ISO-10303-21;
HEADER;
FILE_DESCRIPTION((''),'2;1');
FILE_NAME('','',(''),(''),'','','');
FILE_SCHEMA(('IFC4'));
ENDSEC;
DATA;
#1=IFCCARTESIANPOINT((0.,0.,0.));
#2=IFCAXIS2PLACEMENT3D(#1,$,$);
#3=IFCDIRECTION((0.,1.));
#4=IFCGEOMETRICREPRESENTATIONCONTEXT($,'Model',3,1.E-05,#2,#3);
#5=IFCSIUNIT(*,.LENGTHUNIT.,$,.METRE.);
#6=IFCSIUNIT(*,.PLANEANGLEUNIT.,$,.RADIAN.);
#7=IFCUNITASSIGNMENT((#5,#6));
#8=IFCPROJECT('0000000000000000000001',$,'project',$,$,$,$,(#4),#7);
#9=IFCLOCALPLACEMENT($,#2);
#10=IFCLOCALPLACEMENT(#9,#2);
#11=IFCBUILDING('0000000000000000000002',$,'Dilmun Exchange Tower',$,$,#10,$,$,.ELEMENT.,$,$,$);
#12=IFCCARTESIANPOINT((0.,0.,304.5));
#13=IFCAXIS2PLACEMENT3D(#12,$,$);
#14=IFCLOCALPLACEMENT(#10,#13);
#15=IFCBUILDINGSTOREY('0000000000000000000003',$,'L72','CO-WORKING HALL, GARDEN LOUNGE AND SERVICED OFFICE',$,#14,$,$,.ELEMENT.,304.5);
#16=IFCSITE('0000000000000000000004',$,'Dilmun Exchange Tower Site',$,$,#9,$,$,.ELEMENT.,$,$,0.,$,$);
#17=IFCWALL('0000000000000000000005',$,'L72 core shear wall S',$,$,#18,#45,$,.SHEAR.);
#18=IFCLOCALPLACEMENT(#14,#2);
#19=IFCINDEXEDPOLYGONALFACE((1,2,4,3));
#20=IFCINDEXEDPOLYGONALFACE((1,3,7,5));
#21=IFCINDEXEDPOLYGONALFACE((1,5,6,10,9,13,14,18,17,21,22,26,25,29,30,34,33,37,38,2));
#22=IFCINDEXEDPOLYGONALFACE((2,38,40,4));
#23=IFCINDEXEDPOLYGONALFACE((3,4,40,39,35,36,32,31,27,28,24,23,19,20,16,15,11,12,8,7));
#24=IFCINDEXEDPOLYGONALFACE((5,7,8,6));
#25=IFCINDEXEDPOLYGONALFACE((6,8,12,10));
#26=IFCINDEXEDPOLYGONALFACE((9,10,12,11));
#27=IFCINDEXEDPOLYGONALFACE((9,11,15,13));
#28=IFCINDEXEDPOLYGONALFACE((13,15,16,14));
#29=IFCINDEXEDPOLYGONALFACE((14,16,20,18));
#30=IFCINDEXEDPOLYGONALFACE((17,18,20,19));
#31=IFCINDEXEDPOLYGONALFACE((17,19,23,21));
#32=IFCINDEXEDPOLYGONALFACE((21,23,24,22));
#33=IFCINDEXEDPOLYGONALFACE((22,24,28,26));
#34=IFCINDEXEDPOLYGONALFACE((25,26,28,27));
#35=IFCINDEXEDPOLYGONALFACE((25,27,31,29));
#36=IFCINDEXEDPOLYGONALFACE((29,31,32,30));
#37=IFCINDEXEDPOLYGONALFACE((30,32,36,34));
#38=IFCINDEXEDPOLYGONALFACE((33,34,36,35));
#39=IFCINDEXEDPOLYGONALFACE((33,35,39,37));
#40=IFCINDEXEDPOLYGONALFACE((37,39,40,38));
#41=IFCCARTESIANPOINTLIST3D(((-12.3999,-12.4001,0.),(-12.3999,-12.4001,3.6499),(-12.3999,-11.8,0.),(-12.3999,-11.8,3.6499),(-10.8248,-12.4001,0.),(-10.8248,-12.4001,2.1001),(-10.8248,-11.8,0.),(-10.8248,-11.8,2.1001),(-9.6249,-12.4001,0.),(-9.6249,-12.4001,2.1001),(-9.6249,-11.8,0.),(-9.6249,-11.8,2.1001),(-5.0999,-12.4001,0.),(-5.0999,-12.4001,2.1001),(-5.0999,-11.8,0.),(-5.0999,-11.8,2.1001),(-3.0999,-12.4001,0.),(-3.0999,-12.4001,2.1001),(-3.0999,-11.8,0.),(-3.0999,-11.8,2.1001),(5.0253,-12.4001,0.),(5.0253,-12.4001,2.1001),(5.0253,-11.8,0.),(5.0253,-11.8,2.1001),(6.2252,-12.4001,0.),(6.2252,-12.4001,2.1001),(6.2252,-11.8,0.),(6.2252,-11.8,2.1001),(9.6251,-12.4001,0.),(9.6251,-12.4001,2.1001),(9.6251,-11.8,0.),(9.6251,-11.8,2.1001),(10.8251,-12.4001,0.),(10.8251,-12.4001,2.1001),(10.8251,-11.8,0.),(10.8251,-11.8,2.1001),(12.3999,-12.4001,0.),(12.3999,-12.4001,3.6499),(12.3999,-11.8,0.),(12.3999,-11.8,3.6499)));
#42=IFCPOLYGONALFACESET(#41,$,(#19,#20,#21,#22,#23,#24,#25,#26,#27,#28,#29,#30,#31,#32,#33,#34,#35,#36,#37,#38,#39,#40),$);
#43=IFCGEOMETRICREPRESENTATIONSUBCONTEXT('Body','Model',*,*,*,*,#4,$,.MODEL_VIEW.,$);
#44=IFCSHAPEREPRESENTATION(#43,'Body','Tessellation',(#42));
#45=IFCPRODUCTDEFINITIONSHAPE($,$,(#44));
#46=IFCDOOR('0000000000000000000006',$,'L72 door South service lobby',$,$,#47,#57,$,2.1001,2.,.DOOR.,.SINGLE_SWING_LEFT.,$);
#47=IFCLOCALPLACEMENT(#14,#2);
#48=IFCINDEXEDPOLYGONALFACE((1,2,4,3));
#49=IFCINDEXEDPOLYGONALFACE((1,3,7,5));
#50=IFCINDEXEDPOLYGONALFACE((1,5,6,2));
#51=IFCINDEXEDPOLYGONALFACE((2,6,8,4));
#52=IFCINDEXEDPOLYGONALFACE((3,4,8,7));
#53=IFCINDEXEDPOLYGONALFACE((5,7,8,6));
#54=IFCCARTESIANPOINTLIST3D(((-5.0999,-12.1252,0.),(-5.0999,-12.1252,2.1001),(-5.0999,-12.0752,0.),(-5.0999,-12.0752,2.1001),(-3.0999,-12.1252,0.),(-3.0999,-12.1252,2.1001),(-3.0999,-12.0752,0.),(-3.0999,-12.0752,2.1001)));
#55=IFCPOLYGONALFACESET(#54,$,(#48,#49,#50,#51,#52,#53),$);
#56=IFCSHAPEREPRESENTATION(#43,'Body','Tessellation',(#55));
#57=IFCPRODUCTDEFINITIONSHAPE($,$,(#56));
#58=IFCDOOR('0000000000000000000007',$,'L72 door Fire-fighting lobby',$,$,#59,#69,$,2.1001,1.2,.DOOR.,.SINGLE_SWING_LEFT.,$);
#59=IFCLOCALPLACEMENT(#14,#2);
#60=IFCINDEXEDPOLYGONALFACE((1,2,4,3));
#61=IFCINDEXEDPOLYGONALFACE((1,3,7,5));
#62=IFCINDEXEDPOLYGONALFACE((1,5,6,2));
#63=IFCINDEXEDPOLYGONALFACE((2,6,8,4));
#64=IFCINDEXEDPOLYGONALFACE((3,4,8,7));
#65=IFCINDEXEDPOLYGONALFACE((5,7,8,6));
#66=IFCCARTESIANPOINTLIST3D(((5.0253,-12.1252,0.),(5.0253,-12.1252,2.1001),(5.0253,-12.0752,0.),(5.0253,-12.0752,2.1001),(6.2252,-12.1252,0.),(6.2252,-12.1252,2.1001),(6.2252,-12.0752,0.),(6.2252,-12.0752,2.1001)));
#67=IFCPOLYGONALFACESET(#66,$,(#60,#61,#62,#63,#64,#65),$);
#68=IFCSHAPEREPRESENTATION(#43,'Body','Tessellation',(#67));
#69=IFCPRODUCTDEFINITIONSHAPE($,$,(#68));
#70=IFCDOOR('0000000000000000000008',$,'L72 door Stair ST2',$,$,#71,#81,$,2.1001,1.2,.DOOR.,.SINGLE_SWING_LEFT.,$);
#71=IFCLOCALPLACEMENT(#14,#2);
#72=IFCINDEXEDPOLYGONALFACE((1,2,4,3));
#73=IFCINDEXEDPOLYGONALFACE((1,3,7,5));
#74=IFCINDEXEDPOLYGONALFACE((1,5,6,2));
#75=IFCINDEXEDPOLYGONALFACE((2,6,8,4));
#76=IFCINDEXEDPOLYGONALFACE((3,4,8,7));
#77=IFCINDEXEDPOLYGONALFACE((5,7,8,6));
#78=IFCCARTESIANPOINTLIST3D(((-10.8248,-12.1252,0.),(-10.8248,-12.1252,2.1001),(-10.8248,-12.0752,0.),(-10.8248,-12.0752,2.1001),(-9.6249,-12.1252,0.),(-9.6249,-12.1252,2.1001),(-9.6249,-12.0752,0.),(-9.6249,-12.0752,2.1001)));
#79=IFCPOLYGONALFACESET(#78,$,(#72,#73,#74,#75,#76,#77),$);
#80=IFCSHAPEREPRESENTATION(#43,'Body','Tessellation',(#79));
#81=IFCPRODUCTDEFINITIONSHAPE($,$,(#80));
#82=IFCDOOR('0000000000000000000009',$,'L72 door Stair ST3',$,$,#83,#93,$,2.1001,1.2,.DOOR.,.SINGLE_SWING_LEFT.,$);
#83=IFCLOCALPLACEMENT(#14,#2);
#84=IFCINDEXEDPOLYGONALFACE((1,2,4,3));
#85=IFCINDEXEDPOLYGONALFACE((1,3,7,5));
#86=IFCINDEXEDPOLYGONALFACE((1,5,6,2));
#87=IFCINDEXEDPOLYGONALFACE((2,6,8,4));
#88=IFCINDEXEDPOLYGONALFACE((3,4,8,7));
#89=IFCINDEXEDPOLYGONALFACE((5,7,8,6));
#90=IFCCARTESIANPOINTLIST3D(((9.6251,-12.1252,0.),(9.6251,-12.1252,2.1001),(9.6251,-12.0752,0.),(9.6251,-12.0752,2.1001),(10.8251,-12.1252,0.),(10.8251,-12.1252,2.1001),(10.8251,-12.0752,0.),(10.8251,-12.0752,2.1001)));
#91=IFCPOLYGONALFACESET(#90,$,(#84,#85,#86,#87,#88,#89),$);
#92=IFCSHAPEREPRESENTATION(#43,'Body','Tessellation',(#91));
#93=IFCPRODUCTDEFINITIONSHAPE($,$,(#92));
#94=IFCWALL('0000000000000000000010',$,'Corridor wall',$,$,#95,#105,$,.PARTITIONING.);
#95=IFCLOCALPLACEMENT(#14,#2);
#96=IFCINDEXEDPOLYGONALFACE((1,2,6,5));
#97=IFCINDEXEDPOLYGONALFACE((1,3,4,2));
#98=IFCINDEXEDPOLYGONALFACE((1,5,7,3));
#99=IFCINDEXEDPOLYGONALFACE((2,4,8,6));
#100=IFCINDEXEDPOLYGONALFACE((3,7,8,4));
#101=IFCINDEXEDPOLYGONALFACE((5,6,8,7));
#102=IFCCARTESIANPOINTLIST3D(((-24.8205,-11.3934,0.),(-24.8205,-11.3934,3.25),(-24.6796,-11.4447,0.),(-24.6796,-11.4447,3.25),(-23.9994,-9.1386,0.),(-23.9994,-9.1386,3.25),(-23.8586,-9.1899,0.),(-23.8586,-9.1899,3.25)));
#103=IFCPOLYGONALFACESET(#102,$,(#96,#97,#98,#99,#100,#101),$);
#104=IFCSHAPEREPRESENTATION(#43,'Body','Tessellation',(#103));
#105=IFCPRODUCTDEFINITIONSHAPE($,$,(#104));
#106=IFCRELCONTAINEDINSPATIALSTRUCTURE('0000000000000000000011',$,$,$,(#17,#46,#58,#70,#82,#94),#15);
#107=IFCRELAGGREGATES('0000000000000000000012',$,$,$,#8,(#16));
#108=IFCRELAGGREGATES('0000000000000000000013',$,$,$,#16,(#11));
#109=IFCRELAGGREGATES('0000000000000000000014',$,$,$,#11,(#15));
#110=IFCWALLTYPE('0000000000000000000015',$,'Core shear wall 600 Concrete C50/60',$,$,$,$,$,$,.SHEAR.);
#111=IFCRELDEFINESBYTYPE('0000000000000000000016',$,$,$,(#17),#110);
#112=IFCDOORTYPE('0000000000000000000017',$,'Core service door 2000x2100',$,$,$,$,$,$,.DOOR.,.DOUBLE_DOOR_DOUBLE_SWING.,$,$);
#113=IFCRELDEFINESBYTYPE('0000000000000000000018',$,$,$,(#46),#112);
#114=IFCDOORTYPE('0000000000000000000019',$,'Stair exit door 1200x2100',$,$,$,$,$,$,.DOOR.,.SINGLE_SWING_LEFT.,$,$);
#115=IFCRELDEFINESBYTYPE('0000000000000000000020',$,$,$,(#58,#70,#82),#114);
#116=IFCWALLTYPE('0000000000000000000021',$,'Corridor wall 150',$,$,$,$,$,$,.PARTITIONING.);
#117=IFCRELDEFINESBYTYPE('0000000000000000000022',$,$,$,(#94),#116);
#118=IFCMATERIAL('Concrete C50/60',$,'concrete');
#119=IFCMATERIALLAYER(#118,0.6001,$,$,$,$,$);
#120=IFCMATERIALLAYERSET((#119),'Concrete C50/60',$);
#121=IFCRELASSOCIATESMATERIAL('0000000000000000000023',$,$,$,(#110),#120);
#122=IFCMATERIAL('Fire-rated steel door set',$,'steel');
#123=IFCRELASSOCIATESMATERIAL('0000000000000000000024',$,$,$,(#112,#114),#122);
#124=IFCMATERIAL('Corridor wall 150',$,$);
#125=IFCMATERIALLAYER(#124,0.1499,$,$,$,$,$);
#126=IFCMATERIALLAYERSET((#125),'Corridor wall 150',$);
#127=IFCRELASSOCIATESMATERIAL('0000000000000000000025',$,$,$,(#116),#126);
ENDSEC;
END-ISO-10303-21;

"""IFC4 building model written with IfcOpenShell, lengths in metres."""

from ifc_helpers import new_model, si_unit, direction, frame, frame_2d, origin, place, context, subcontext, project, spatial, rectangle, extrude, material, layer, layer_set, type_object, element, fill, save


model = new_model("IFC4")

# Units and contexts
model_context = context("Model", 3, precision=1e-05, world=origin(), true_north=direction((0.0, 1.0)))
body_context = subcontext(model_context, "Body", "Model", "MODEL_VIEW")
ifc_project = project(units=[si_unit("LENGTHUNIT", "METRE"), si_unit("PLANEANGLEUNIT", "RADIAN")], contexts=[model_context])

# Site, building, storey
site_placement = place(None, origin())
site = spatial("IfcSite", under=ifc_project, at=site_placement, Name="Dilmun Exchange Tower Site", CompositionType="ELEMENT", RefElevation=0.0)
building_placement = place(site_placement, origin())
building = spatial("IfcBuilding", under=site, at=building_placement, Name="Dilmun Exchange Tower", CompositionType="ELEMENT")
storey_placement = place(building_placement, frame((0.0, 0.0, 304.5)))
storey = spatial("IfcBuildingStorey", under=building, at=storey_placement, Name="L72", Description="CO-WORKING HALL, GARDEN LOUNGE AND SERVICED OFFICE", CompositionType="ELEMENT", Elevation=304.5)

# Wall, openings, doors
ifc_material_1 = material(Name="Concrete C50/60", Category="concrete")
ifc_layer_1 = layer(ifc_material_1, 0.6001)
ifc_layer_set_1 = layer_set([ifc_layer_1], Name="Concrete C50/60")
wall_type_1 = type_object("IfcWallType", Name="Core shear wall 600 Concrete C50/60", PredefinedType="SHEAR", material=ifc_layer_set_1)
wall_1_placement = place(storey_placement, frame((-12.3999, -12.1001, 0.0), z_axis=(0.0, 0.0, 1.0), x_axis=(1.0, 0.0, 0.0)))
wall_1 = element("IfcWall", 1, at=wall_1_placement, inside=storey, type_object=wall_type_1, Name="L72 core shear wall S", PredefinedType="SHEAR", context=body_context, shape_type="SweptSolid", body=[
    extrude(rectangle(XDim=24.7998, YDim=0.6001, at=frame_2d((12.3999, 0.0))), origin(), (0.0, 0.0, 1.0), 3.6499),
])
opening_1_placement = place(wall_1_placement, frame((7.3, 0.0, 0.0)))
opening_1 = element("IfcOpeningElement", 2, at=opening_1_placement, cuts=wall_1, PredefinedType="OPENING", context=body_context, shape_type="SweptSolid", body=[
    extrude(rectangle(XDim=2.0, YDim=2.1001, at=frame_2d((1.0, 1.05))), frame((0.0, 0.3101, 0.0), z_axis=(0.0, -1.0, 0.0), x_axis=(1.0, 0.0, 0.0)), (0.0, 0.0, 1.0), 0.6201),
])
opening_2_placement = place(wall_1_placement, frame((17.425, 0.0, 0.0)))
opening_2 = element("IfcOpeningElement", 3, at=opening_2_placement, cuts=wall_1, PredefinedType="OPENING", context=body_context, shape_type="SweptSolid", body=[
    extrude(rectangle(XDim=1.2, YDim=2.1001, at=frame_2d((0.6001, 1.05))), frame((0.0, 0.3101, 0.0), z_axis=(0.0, -1.0, 0.0), x_axis=(1.0, 0.0, 0.0)), (0.0, 0.0, 1.0), 0.6201),
])
opening_3_placement = place(wall_1_placement, frame((1.575, 0.0, 0.0)))
opening_3 = element("IfcOpeningElement", 4, at=opening_3_placement, cuts=wall_1, PredefinedType="OPENING", context=body_context, shape_type="SweptSolid", body=[
    extrude(rectangle(XDim=1.2, YDim=2.1001, at=frame_2d((0.6001, 1.05))), frame((0.0, 0.3101, 0.0), z_axis=(0.0, -1.0, 0.0), x_axis=(1.0, 0.0, 0.0)), (0.0, 0.0, 1.0), 0.6201),
])
opening_4_placement = place(wall_1_placement, frame((22.0249, 0.0, 0.0)))
opening_4 = element("IfcOpeningElement", 5, at=opening_4_placement, cuts=wall_1, PredefinedType="OPENING", context=body_context, shape_type="SweptSolid", body=[
    extrude(rectangle(XDim=1.2, YDim=2.1001, at=frame_2d((0.6001, 1.05))), frame((0.0, 0.3101, 0.0), z_axis=(0.0, -1.0, 0.0), x_axis=(1.0, 0.0, 0.0)), (0.0, 0.0, 1.0), 0.6201),
])
ifc_material_2 = material(Name="Fire-rated steel door set", Category="steel")
door_type_1 = type_object("IfcDoorType", Name="Core service door 2000x2100", OperationType="DOUBLE_DOOR_DOUBLE_SWING", PredefinedType="DOOR", material=ifc_material_2)
door_1_placement = place(opening_1_placement, origin())
door_1 = element("IfcDoor", 6, at=door_1_placement, inside=storey, type_object=door_type_1, Name="L72 door South service lobby", OperationType="SINGLE_SWING_LEFT", OverallHeight=2.1001, OverallWidth=2.0, PredefinedType="DOOR", context=body_context, shape_type="SweptSolid", body=[
    extrude(rectangle(XDim=2.0, YDim=2.1001, at=frame_2d((1.0, 1.05))), frame((0.0, 0.0249, 0.0), z_axis=(0.0, -1.0, 0.0), x_axis=(1.0, 0.0, 0.0)), (0.0, 0.0, 1.0), 0.05),
])
fill(opening_1, door_1)
door_type_2 = type_object("IfcDoorType", Name="Stair exit door 1200x2100", OperationType="SINGLE_SWING_LEFT", PredefinedType="DOOR", material=ifc_material_2)
door_2_placement = place(opening_2_placement, origin())
door_2 = element("IfcDoor", 7, at=door_2_placement, inside=storey, type_object=door_type_2, Name="L72 door Fire-fighting lobby", OperationType="SINGLE_SWING_LEFT", OverallHeight=2.1001, OverallWidth=1.2, PredefinedType="DOOR", context=body_context, shape_type="SweptSolid", body=[
    extrude(rectangle(XDim=1.2, YDim=2.1001, at=frame_2d((0.6001, 1.05))), frame((0.0, 0.0249, 0.0), z_axis=(0.0, -1.0, 0.0), x_axis=(1.0, 0.0, 0.0)), (0.0, 0.0, 1.0), 0.05),
])
fill(opening_2, door_2)
door_3_placement = place(opening_3_placement, origin())
door_3 = element("IfcDoor", 8, at=door_3_placement, inside=storey, type_object=door_type_2, Name="L72 door Stair ST2", OperationType="SINGLE_SWING_LEFT", OverallHeight=2.1001, OverallWidth=1.2, PredefinedType="DOOR", context=body_context, shape_type="SweptSolid", body=[
    extrude(rectangle(XDim=1.2, YDim=2.1001, at=frame_2d((0.6001, 1.05))), frame((0.0, 0.0249, 0.0), z_axis=(0.0, -1.0, 0.0), x_axis=(1.0, 0.0, 0.0)), (0.0, 0.0, 1.0), 0.05),
])
fill(opening_3, door_3)
door_4_placement = place(opening_4_placement, origin())
door_4 = element("IfcDoor", 9, at=door_4_placement, inside=storey, type_object=door_type_2, Name="L72 door Stair ST3", OperationType="SINGLE_SWING_LEFT", OverallHeight=2.1001, OverallWidth=1.2, PredefinedType="DOOR", context=body_context, shape_type="SweptSolid", body=[
    extrude(rectangle(XDim=1.2, YDim=2.1001, at=frame_2d((0.6001, 1.05))), frame((0.0, 0.0249, 0.0), z_axis=(0.0, -1.0, 0.0), x_axis=(1.0, 0.0, 0.0)), (0.0, 0.0, 1.0), 0.05),
])
fill(opening_4, door_4)

# Wall
ifc_material_3 = material(Name="Corridor wall 150")
ifc_layer_2 = layer(ifc_material_3, 0.1499)
ifc_layer_set_2 = layer_set([ifc_layer_2], Name="Corridor wall 150")
wall_type_2 = type_object("IfcWallType", Name="Corridor wall 150", PredefinedType="PARTITIONING", material=ifc_layer_set_2)
wall_2_placement = place(storey_placement, frame((-24.75, -11.4189, 0.0), z_axis=(0.0, 0.0, 1.0), x_axis=(0.342143, 0.939648, 0.0)))
element("IfcWall", 10, at=wall_2_placement, inside=storey, type_object=wall_type_2, Name="Corridor wall", PredefinedType="PARTITIONING", context=body_context, shape_type="SweptSolid", body=[
    extrude(rectangle(XDim=2.3997, YDim=0.1499, at=frame_2d((1.1997, 0.0))), origin(), (0.0, 0.0, 1.0), 3.25),
])

save(model, "model.ifc")
